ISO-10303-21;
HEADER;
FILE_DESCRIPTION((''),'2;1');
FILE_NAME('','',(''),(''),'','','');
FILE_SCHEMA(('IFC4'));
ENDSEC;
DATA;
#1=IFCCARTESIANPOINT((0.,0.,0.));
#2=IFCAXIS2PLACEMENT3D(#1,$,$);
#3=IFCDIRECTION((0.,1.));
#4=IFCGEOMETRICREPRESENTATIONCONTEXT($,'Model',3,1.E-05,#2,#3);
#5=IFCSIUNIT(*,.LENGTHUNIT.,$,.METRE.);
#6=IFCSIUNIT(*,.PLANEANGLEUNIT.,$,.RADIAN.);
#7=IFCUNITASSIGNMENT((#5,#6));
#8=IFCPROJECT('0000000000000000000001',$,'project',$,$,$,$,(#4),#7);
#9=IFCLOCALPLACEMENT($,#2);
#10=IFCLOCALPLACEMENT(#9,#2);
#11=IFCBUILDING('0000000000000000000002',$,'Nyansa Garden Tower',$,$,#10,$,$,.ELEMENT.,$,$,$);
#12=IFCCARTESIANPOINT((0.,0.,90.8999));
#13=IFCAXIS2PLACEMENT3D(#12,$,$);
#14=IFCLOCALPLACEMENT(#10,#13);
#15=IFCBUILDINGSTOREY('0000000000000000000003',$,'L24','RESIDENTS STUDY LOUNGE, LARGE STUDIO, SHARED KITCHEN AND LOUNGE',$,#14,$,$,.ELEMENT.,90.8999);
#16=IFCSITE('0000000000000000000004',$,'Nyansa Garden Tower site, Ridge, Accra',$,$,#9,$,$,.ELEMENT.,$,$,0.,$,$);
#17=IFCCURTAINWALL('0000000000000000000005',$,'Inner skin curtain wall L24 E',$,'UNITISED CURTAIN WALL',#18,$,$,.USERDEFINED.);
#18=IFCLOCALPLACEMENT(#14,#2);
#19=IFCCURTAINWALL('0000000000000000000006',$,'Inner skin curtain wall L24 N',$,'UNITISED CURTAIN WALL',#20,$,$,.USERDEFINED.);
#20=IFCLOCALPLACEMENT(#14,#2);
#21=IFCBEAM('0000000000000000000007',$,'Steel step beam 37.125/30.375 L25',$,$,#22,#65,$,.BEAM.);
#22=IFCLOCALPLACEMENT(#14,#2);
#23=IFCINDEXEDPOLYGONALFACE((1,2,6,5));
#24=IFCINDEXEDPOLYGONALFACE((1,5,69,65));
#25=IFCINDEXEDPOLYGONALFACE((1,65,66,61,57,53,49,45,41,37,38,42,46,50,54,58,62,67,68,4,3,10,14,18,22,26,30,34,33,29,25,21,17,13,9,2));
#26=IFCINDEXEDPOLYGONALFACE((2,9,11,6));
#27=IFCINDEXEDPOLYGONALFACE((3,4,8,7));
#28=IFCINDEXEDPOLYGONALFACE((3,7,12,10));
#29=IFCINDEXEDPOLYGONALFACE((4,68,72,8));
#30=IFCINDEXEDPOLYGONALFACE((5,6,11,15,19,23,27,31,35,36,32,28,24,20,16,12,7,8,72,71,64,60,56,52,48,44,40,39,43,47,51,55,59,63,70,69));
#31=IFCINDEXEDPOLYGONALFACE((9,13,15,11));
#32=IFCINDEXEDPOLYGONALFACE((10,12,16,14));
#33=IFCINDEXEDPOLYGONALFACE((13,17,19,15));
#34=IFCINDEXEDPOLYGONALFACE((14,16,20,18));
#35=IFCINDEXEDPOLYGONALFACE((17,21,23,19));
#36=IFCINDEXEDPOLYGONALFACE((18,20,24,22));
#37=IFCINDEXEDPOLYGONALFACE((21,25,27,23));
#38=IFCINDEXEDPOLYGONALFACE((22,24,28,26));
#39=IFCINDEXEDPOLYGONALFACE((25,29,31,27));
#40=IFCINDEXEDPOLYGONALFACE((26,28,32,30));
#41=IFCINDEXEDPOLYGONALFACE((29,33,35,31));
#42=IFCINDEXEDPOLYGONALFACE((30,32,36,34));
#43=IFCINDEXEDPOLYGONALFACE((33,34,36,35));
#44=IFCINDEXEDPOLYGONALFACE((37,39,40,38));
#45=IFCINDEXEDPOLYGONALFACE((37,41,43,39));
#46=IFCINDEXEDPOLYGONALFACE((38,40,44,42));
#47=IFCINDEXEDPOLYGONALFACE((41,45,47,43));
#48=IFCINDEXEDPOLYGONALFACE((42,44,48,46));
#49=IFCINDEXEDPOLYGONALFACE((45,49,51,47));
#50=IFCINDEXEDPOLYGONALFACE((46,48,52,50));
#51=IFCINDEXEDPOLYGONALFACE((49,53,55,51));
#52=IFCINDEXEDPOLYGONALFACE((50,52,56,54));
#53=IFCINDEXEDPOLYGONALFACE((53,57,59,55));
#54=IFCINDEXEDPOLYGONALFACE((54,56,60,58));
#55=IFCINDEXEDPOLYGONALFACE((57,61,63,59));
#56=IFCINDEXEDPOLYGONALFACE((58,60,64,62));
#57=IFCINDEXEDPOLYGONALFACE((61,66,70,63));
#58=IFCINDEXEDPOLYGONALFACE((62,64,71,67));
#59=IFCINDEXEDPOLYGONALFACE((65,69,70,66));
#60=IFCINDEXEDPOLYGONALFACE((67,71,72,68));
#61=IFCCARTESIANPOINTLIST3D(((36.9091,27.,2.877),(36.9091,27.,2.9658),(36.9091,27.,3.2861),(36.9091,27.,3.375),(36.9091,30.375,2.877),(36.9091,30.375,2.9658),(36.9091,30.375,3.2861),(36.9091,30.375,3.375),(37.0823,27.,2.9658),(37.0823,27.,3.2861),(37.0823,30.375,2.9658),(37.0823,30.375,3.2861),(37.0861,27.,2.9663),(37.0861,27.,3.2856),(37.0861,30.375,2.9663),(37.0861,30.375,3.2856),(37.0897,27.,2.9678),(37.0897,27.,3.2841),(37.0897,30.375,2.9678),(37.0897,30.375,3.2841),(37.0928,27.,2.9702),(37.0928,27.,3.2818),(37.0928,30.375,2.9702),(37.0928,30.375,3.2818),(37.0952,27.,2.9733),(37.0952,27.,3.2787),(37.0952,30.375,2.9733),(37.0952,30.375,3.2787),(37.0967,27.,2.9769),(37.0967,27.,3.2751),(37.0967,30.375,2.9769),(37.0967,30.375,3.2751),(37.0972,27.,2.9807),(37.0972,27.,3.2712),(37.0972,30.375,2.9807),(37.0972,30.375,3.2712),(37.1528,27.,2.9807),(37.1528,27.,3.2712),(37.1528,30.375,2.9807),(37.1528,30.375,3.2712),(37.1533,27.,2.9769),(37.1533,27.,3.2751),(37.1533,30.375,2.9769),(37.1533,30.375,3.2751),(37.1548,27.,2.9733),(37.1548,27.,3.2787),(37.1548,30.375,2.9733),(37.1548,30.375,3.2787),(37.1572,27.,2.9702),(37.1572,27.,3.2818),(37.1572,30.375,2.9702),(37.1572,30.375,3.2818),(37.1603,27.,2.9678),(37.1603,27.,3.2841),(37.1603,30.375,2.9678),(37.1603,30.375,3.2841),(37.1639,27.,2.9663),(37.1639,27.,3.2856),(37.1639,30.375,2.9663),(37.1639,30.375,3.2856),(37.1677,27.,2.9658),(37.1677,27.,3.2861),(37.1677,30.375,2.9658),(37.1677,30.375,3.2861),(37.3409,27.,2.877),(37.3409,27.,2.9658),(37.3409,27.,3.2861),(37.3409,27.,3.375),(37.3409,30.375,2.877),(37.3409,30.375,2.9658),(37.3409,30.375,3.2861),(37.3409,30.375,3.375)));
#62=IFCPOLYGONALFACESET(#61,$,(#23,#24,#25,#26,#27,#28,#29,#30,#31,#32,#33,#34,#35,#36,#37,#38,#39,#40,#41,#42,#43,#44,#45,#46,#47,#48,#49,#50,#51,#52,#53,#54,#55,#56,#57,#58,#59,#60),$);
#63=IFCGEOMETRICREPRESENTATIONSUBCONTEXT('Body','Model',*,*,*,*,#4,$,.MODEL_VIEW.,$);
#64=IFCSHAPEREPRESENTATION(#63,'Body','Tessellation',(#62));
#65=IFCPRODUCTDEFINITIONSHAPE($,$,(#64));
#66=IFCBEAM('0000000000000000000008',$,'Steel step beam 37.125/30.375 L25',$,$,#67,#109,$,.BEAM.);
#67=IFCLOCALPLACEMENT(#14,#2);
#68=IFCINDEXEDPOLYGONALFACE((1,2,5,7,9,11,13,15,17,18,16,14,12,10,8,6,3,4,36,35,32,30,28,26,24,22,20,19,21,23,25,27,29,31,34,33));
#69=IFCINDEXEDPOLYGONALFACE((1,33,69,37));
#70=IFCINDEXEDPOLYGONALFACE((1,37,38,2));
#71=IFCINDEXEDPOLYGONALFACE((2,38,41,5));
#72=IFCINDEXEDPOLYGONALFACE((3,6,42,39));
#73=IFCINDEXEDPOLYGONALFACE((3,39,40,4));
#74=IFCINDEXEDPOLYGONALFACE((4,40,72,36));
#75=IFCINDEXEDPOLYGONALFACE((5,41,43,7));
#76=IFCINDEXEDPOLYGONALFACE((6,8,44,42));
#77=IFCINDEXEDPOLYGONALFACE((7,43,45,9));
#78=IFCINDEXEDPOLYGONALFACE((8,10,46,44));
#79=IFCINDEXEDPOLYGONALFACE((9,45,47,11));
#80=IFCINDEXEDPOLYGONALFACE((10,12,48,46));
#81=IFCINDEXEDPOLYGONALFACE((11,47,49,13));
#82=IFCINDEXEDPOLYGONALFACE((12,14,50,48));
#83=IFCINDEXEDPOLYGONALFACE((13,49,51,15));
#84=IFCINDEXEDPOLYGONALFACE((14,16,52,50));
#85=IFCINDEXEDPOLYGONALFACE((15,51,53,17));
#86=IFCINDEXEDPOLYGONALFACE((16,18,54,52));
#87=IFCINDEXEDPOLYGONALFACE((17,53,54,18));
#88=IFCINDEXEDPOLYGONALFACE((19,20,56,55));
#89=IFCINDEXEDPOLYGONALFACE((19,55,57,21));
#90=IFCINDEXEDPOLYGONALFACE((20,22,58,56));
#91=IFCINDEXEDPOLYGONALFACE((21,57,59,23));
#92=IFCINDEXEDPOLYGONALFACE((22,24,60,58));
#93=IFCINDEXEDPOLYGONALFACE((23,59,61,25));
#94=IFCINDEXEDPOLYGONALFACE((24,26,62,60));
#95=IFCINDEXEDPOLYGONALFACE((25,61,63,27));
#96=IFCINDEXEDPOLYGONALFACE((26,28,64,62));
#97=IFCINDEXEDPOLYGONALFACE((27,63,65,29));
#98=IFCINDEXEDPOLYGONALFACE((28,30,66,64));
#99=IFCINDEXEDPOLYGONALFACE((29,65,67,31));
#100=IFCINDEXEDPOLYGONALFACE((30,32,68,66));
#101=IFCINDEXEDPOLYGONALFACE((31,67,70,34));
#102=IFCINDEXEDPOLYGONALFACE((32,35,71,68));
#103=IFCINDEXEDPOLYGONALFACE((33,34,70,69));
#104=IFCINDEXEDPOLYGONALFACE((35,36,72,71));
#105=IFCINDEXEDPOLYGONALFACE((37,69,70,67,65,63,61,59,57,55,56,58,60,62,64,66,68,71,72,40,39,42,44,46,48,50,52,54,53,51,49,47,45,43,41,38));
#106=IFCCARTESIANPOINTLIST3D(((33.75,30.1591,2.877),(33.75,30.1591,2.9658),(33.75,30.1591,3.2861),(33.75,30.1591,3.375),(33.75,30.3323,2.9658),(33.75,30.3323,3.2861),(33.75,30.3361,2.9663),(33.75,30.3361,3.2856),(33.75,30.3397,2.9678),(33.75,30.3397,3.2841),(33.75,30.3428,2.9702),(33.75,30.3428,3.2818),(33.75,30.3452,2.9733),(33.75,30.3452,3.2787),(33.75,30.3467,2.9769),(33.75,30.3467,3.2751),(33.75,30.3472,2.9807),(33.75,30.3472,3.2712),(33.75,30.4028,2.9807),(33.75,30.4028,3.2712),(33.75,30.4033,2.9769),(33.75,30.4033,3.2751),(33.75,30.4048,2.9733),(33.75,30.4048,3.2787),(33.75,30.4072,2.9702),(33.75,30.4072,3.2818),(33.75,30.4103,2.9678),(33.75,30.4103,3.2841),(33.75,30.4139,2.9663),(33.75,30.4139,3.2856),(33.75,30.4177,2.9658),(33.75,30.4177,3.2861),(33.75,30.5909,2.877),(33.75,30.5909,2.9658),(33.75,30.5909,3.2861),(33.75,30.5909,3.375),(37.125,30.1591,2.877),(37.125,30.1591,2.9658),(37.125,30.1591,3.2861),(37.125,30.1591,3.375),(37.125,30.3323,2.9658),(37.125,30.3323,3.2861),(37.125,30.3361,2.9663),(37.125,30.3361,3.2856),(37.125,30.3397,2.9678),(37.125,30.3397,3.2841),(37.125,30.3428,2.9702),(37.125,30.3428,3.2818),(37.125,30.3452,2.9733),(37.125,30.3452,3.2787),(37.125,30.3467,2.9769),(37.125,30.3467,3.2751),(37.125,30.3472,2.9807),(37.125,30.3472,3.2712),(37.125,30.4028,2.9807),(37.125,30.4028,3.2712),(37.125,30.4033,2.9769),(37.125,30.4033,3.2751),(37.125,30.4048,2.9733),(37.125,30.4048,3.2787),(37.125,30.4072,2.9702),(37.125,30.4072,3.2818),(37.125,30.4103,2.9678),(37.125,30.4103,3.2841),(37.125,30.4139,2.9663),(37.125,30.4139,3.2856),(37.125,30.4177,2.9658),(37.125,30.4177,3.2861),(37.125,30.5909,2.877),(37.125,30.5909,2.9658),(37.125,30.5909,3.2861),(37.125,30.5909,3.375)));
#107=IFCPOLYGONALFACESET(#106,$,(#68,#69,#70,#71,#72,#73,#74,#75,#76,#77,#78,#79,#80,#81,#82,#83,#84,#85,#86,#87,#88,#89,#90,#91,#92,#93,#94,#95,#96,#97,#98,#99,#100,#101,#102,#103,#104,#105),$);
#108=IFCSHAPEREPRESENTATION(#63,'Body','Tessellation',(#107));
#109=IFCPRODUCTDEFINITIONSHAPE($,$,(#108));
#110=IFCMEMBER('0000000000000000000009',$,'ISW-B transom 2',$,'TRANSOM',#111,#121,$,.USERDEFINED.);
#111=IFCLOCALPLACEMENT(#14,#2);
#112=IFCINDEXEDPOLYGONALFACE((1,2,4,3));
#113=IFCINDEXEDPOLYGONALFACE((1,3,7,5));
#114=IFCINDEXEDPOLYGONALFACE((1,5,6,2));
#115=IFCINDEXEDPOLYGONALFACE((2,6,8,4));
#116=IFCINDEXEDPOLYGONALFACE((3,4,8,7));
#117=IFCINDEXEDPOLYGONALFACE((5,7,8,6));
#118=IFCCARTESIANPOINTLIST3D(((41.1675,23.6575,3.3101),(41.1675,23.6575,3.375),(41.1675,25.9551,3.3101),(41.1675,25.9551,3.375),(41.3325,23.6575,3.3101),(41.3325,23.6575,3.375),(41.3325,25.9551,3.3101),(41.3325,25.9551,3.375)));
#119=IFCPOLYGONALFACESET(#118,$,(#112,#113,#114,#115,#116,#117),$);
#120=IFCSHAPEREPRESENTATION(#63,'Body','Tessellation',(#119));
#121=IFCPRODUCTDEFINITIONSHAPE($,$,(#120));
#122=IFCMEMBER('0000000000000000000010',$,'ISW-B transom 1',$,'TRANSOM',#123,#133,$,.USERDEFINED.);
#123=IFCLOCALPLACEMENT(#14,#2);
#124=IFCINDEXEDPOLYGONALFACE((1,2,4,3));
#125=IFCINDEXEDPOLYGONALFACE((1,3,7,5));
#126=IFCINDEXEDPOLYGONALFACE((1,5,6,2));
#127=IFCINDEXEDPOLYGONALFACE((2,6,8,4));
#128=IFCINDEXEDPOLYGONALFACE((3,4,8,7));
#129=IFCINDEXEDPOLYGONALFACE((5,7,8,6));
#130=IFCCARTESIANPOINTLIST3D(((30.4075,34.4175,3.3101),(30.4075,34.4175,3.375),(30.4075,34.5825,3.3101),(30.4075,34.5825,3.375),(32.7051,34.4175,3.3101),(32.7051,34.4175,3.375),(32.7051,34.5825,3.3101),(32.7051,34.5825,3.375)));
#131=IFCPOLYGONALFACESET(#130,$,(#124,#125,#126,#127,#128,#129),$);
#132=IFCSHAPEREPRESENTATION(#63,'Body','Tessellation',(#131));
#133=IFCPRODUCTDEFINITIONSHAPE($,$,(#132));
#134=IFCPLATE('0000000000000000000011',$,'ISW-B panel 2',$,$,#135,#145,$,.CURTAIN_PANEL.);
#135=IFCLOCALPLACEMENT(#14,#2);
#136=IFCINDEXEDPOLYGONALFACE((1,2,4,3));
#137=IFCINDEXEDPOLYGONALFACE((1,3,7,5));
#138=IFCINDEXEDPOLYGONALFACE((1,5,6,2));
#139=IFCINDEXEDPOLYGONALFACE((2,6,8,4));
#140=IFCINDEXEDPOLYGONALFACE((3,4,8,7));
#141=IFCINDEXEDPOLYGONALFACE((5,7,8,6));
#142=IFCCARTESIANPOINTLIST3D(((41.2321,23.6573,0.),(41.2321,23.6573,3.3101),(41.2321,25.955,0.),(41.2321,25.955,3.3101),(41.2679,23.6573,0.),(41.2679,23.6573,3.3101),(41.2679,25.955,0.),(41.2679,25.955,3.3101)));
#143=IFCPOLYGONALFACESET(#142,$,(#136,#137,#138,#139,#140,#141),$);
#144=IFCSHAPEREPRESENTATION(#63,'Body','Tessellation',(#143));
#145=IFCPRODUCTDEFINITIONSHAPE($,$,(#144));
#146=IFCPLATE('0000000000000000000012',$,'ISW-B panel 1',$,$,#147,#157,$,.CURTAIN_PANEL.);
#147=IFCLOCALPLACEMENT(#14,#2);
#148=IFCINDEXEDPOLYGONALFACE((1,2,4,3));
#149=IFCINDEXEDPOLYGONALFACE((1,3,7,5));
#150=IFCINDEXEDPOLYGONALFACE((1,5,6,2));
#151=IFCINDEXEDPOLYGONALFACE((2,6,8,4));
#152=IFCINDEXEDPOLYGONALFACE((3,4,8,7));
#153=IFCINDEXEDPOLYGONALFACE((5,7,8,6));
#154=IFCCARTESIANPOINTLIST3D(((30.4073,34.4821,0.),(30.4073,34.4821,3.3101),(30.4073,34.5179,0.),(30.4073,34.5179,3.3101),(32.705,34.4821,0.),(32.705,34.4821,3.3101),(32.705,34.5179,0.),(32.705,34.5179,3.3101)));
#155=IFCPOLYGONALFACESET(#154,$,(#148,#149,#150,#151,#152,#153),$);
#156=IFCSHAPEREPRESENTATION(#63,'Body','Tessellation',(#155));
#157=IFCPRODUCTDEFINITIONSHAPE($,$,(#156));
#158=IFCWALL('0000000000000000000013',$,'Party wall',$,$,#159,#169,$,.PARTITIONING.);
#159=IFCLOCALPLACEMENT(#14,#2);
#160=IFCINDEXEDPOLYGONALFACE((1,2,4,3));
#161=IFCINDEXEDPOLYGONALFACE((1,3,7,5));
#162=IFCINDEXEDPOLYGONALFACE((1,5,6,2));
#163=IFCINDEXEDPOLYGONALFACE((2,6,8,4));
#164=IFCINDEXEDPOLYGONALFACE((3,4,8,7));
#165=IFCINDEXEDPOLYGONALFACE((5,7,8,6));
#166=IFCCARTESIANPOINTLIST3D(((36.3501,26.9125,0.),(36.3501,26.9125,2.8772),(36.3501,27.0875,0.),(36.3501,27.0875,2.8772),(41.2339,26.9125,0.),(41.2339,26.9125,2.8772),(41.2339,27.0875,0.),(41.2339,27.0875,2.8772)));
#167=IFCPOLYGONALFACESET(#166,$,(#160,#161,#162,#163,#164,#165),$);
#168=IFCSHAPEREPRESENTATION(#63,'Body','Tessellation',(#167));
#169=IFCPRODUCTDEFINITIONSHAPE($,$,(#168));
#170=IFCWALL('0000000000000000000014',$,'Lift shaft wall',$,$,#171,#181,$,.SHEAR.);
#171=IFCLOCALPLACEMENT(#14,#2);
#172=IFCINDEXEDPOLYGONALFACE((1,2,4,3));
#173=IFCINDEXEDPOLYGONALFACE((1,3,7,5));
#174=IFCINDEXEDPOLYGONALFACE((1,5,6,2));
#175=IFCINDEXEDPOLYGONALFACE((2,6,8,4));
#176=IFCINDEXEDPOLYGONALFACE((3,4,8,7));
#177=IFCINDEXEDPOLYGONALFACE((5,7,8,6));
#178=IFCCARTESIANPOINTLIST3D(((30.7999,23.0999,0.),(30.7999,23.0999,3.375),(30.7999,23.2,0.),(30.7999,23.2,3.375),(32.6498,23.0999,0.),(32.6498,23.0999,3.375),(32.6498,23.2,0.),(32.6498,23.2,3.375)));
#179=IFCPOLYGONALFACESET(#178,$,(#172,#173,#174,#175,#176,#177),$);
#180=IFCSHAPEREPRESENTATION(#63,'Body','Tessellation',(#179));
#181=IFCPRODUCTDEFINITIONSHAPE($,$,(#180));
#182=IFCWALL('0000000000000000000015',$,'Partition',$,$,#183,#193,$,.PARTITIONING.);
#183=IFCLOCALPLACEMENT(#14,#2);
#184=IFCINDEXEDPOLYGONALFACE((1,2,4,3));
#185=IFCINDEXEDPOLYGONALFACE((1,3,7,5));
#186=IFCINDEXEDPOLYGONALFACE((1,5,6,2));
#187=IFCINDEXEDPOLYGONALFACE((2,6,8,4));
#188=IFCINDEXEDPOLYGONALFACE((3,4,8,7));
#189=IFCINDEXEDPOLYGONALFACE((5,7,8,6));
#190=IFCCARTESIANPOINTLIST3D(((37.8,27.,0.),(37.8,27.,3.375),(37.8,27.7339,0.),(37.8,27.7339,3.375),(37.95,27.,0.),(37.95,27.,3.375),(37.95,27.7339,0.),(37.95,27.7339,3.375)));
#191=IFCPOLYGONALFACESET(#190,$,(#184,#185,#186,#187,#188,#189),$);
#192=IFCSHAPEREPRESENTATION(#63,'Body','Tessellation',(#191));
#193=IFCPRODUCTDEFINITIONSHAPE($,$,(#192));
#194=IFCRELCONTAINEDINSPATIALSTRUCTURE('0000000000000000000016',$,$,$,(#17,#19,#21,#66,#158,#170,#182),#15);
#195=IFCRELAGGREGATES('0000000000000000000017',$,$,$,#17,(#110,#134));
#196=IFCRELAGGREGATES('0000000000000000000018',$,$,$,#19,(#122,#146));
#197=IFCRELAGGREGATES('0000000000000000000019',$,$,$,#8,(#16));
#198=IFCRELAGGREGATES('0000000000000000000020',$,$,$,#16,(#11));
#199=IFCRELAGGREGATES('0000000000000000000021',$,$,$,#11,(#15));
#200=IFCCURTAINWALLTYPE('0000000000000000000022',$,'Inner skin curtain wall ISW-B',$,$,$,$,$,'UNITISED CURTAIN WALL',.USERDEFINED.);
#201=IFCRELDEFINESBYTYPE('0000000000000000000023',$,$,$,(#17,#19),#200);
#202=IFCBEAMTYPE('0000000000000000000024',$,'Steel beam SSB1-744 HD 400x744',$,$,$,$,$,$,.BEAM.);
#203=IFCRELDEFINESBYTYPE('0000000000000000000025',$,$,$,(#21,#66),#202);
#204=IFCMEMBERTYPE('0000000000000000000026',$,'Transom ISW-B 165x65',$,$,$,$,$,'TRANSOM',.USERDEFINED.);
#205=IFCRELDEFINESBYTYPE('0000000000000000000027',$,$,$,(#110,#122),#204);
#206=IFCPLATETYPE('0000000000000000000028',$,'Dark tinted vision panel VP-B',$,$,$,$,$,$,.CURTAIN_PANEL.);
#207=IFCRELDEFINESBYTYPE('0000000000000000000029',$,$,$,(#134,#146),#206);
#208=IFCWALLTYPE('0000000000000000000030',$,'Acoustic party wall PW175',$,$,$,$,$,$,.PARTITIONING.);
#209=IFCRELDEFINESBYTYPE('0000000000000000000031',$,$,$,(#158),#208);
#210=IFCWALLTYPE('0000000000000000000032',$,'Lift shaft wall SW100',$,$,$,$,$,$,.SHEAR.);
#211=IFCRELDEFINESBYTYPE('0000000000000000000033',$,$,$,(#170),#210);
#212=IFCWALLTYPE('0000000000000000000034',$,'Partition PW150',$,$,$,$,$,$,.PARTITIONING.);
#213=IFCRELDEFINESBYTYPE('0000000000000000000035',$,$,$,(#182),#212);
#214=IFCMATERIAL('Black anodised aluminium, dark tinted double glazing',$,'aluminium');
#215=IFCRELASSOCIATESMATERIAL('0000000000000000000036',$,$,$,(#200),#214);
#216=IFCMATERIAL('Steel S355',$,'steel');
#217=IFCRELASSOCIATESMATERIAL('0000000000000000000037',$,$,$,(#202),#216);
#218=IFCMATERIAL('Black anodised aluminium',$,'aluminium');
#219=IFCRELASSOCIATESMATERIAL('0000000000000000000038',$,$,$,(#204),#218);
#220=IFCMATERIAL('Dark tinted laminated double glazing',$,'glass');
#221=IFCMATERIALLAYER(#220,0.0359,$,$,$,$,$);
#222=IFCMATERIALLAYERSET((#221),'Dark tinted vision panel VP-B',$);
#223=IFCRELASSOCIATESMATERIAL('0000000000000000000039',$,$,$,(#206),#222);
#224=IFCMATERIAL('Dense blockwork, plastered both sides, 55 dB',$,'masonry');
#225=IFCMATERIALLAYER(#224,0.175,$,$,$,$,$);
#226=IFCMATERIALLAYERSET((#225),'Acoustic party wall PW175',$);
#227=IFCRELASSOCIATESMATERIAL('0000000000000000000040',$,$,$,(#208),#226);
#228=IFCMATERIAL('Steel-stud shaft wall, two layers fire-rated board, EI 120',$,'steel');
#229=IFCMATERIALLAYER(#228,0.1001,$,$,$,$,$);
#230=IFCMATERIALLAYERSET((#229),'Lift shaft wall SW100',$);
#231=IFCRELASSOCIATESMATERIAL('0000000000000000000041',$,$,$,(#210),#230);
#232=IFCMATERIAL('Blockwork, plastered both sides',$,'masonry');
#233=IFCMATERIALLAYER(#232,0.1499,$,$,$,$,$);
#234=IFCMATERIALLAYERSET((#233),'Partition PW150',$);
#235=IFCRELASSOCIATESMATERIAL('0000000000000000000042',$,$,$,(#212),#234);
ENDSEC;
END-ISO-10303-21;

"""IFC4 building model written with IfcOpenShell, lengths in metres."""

from ifc_helpers import new_model, si_unit, direction, frame, frame_2d, origin, origin_2d, place, context, subcontext, project, spatial, rectangle, i_section, extrude, material, layer, layer_set, material_profile, profile_set, type_object, element, aggregate, save


model = new_model("IFC4")

# Units and contexts
model_context = context("Model", 3, precision=1e-05, world=origin(), true_north=direction((0.0, 1.0)))
body_context = subcontext(model_context, "Body", "Model", "MODEL_VIEW")
ifc_project = project(units=[si_unit("LENGTHUNIT", "METRE"), si_unit("PLANEANGLEUNIT", "RADIAN")], contexts=[model_context])

# Site, building, storey
site_placement = place(None, origin())
site = spatial("IfcSite", under=ifc_project, at=site_placement, Name="Nyansa Garden Tower site, Ridge, Accra", CompositionType="ELEMENT", RefElevation=0.0)
building_placement = place(site_placement, origin())
building = spatial("IfcBuilding", under=site, at=building_placement, Name="Nyansa Garden Tower", CompositionType="ELEMENT")
storey_placement = place(building_placement, frame((0.0, 0.0, 90.8999)))
storey = spatial("IfcBuildingStorey", under=building, at=storey_placement, Name="L24", Description="RESIDENTS STUDY LOUNGE, LARGE STUDIO, SHARED KITCHEN AND LOUNGE", CompositionType="ELEMENT", Elevation=90.8999)

# Curtain wall
ifc_material_1 = material(Name="Black anodised aluminium, dark tinted double glazing", Category="aluminium")
curtain_wall_type = type_object("IfcCurtainWallType", Name="Inner skin curtain wall ISW-B", ElementType="UNITISED CURTAIN WALL", PredefinedType="USERDEFINED", material=ifc_material_1)
curtain_wall_1_placement = place(storey_placement, origin())
curtain_wall_1 = element("IfcCurtainWall", 1, at=curtain_wall_1_placement, inside=storey, type_object=curtain_wall_type, Name="Inner skin curtain wall L24 E", ObjectType="UNITISED CURTAIN WALL", PredefinedType="USERDEFINED")

# Curtain wall
curtain_wall_2_placement = place(storey_placement, origin())
curtain_wall_2 = element("IfcCurtainWall", 2, at=curtain_wall_2_placement, inside=storey, type_object=curtain_wall_type, Name="Inner skin curtain wall L24 N", ObjectType="UNITISED CURTAIN WALL", PredefinedType="USERDEFINED")

# Beams
ifc_material_2 = material(Name="Steel S355", Category="steel")
ifc_material_profile_1 = material_profile(ifc_material_2, i_section(OverallWidth=0.4319, OverallDepth=0.498, WebThickness=0.0557, FlangeThickness=0.0889, FilletRadius=0.0149, at=origin_2d()), Name="HD 400x744")
ifc_profile_set_1 = profile_set([ifc_material_profile_1], Name="Steel S355")
beam_type_1 = type_object("IfcBeamType", Name="Steel beam SSB1-744 HD 400x744", PredefinedType="BEAM", material=ifc_profile_set_1)
for number, where, z_axis, x_axis, name in (
    (3, (37.125, 30.375, 3.126), (0.0, -1.0, 0.0), (1.0, 0.0, 0.0), "Steel step beam 37.125/30.375 L25"),
    (4, (37.125, 30.375, 3.126), (-1.0, 0.0, 0.0), (0.0, -1.0, 0.0), "Steel step beam 37.125/30.375 L25"),
):
    element("IfcBeam", number, at=place(storey_placement, frame(where, z_axis=z_axis, x_axis=x_axis)), inside=storey, type_object=beam_type_1, Name=name, PredefinedType="BEAM", context=body_context, shape_type="SweptSolid", body=[
        extrude(i_section(OverallWidth=0.4319, OverallDepth=0.498, WebThickness=0.0557, FlangeThickness=0.0889, FilletRadius=0.0149, at=origin_2d()), origin(), (0.0, 0.0, 1.0), 3.375),
    ])

# Members
ifc_material_3 = material(Name="Black anodised aluminium", Category="aluminium")
ifc_material_profile_2 = material_profile(ifc_material_3, rectangle(XDim=0.165, YDim=0.0649, at=origin_2d()), Name="Transom 165x65")
ifc_profile_set_2 = profile_set([ifc_material_profile_2], Name="Black anodised aluminium")
member_type_1 = type_object("IfcMemberType", Name="Transom ISW-B 165x65", ElementType="TRANSOM", PredefinedType="USERDEFINED", material=ifc_profile_set_2)
member_1_placement = place(storey_placement, frame((41.25, 23.6575, 3.3425), z_axis=(0.0, 1.0, 0.0), x_axis=(-1.0, 0.0, 0.0)))
member_1 = element("IfcMember", 5, at=member_1_placement, type_object=member_type_1, Name="ISW-B transom 2", ObjectType="TRANSOM", PredefinedType="USERDEFINED", context=body_context, shape_type="SweptSolid", body=[
    extrude(rectangle(XDim=0.165, YDim=0.0649, at=origin_2d()), origin(), (0.0, 0.0, 1.0), 2.2976),
])
member_2_placement = place(storey_placement, frame((32.7051, 34.5, 3.3425), z_axis=(-1.0, 0.0, 0.0), x_axis=(0.0, -1.0, 0.0)))
member_2 = element("IfcMember", 6, at=member_2_placement, type_object=member_type_1, Name="ISW-B transom 1", ObjectType="TRANSOM", PredefinedType="USERDEFINED", context=body_context, shape_type="SweptSolid", body=[
    extrude(rectangle(XDim=0.165, YDim=0.0649, at=origin_2d()), origin(), (0.0, 0.0, 1.0), 2.2976),
])

# Plates
ifc_material_4 = material(Name="Dark tinted laminated double glazing", Category="glass")
ifc_layer_1 = layer(ifc_material_4, 0.0359)
ifc_layer_set_1 = layer_set([ifc_layer_1], Name="Dark tinted vision panel VP-B")
plate_type = type_object("IfcPlateType", Name="Dark tinted vision panel VP-B", PredefinedType="CURTAIN_PANEL", material=ifc_layer_set_1)
plate_1_placement = place(storey_placement, frame((41.25, 24.8062, 0.0), z_axis=(0.0, 0.0, 1.0), x_axis=(0.0, 1.0, 0.0)))
plate_1 = element("IfcPlate", 7, at=plate_1_placement, type_object=plate_type, Name="ISW-B panel 2", PredefinedType="CURTAIN_PANEL", context=body_context, shape_type="SweptSolid", body=[
    extrude(rectangle(XDim=2.2976, YDim=0.0359, at=origin_2d()), origin(), (0.0, 0.0, 1.0), 3.3101),
])
aggregate(curtain_wall_1, [member_1, plate_1])
plate_2_placement = place(storey_placement, frame((31.5562, 34.5, 0.0), z_axis=(0.0, 0.0, 1.0), x_axis=(-1.0, 0.0, 0.0)))
plate_2 = element("IfcPlate", 8, at=plate_2_placement, type_object=plate_type, Name="ISW-B panel 1", PredefinedType="CURTAIN_PANEL", context=body_context, shape_type="SweptSolid", body=[
    extrude(rectangle(XDim=2.2976, YDim=0.0359, at=origin_2d()), origin(), (0.0, 0.0, 1.0), 3.3101),
])
aggregate(curtain_wall_2, [member_2, plate_2])

# Walls
ifc_material_5 = material(Name="Dense blockwork, plastered both sides, 55 dB", Category="masonry")
ifc_layer_2 = layer(ifc_material_5, 0.175)
ifc_layer_set_2 = layer_set([ifc_layer_2], Name="Acoustic party wall PW175")
wall_type_1 = type_object("IfcWallType", Name="Acoustic party wall PW175", PredefinedType="PARTITIONING", material=ifc_layer_set_2)
wall_1_placement = place(storey_placement, frame((36.3501, 27.0, 0.0), z_axis=(0.0, 0.0, 1.0), x_axis=(1.0, 0.0, 0.0)))
element("IfcWall", 9, at=wall_1_placement, inside=storey, type_object=wall_type_1, Name="Party wall", PredefinedType="PARTITIONING", context=body_context, shape_type="SweptSolid", body=[
    extrude(rectangle(XDim=4.8838, YDim=0.175, at=frame_2d((2.4419, 0.0))), origin(), (0.0, 0.0, 1.0), 2.8772),
])
ifc_material_6 = material(Name="Steel-stud shaft wall, two layers fire-rated board, EI 120", Category="steel")
ifc_layer_3 = layer(ifc_material_6, 0.1001)
ifc_layer_set_3 = layer_set([ifc_layer_3], Name="Lift shaft wall SW100")
wall_type_2 = type_object("IfcWallType", Name="Lift shaft wall SW100", PredefinedType="SHEAR", material=ifc_layer_set_3)
wall_2_placement = place(storey_placement, frame((30.8, 23.1499, 0.0), z_axis=(0.0, 0.0, 1.0), x_axis=(1.0, 0.0, 0.0)))
element("IfcWall", 10, at=wall_2_placement, inside=storey, type_object=wall_type_2, Name="Lift shaft wall", PredefinedType="SHEAR", context=body_context, shape_type="SweptSolid", body=[
    extrude(rectangle(XDim=1.8499, YDim=0.1001, at=frame_2d((0.9248, 0.0))), origin(), (0.0, 0.0, 1.0), 3.375),
])
ifc_material_7 = material(Name="Blockwork, plastered both sides", Category="masonry")
ifc_layer_4 = layer(ifc_material_7, 0.1499)
ifc_layer_set_4 = layer_set([ifc_layer_4], Name="Partition PW150")
wall_type_3 = type_object("IfcWallType", Name="Partition PW150", PredefinedType="PARTITIONING", material=ifc_layer_set_4)
wall_3_placement = place(storey_placement, frame((37.875, 27.0, 0.0), z_axis=(0.0, 0.0, 1.0), x_axis=(0.0, 1.0, 0.0)))
element("IfcWall", 11, at=wall_3_placement, inside=storey, type_object=wall_type_3, Name="Partition", PredefinedType="PARTITIONING", context=body_context, shape_type="SweptSolid", body=[
    extrude(rectangle(XDim=0.7339, YDim=0.1499, at=frame_2d((0.3669, 0.0))), origin(), (0.0, 0.0, 1.0), 3.375),
])

save(model, "model.ifc")
